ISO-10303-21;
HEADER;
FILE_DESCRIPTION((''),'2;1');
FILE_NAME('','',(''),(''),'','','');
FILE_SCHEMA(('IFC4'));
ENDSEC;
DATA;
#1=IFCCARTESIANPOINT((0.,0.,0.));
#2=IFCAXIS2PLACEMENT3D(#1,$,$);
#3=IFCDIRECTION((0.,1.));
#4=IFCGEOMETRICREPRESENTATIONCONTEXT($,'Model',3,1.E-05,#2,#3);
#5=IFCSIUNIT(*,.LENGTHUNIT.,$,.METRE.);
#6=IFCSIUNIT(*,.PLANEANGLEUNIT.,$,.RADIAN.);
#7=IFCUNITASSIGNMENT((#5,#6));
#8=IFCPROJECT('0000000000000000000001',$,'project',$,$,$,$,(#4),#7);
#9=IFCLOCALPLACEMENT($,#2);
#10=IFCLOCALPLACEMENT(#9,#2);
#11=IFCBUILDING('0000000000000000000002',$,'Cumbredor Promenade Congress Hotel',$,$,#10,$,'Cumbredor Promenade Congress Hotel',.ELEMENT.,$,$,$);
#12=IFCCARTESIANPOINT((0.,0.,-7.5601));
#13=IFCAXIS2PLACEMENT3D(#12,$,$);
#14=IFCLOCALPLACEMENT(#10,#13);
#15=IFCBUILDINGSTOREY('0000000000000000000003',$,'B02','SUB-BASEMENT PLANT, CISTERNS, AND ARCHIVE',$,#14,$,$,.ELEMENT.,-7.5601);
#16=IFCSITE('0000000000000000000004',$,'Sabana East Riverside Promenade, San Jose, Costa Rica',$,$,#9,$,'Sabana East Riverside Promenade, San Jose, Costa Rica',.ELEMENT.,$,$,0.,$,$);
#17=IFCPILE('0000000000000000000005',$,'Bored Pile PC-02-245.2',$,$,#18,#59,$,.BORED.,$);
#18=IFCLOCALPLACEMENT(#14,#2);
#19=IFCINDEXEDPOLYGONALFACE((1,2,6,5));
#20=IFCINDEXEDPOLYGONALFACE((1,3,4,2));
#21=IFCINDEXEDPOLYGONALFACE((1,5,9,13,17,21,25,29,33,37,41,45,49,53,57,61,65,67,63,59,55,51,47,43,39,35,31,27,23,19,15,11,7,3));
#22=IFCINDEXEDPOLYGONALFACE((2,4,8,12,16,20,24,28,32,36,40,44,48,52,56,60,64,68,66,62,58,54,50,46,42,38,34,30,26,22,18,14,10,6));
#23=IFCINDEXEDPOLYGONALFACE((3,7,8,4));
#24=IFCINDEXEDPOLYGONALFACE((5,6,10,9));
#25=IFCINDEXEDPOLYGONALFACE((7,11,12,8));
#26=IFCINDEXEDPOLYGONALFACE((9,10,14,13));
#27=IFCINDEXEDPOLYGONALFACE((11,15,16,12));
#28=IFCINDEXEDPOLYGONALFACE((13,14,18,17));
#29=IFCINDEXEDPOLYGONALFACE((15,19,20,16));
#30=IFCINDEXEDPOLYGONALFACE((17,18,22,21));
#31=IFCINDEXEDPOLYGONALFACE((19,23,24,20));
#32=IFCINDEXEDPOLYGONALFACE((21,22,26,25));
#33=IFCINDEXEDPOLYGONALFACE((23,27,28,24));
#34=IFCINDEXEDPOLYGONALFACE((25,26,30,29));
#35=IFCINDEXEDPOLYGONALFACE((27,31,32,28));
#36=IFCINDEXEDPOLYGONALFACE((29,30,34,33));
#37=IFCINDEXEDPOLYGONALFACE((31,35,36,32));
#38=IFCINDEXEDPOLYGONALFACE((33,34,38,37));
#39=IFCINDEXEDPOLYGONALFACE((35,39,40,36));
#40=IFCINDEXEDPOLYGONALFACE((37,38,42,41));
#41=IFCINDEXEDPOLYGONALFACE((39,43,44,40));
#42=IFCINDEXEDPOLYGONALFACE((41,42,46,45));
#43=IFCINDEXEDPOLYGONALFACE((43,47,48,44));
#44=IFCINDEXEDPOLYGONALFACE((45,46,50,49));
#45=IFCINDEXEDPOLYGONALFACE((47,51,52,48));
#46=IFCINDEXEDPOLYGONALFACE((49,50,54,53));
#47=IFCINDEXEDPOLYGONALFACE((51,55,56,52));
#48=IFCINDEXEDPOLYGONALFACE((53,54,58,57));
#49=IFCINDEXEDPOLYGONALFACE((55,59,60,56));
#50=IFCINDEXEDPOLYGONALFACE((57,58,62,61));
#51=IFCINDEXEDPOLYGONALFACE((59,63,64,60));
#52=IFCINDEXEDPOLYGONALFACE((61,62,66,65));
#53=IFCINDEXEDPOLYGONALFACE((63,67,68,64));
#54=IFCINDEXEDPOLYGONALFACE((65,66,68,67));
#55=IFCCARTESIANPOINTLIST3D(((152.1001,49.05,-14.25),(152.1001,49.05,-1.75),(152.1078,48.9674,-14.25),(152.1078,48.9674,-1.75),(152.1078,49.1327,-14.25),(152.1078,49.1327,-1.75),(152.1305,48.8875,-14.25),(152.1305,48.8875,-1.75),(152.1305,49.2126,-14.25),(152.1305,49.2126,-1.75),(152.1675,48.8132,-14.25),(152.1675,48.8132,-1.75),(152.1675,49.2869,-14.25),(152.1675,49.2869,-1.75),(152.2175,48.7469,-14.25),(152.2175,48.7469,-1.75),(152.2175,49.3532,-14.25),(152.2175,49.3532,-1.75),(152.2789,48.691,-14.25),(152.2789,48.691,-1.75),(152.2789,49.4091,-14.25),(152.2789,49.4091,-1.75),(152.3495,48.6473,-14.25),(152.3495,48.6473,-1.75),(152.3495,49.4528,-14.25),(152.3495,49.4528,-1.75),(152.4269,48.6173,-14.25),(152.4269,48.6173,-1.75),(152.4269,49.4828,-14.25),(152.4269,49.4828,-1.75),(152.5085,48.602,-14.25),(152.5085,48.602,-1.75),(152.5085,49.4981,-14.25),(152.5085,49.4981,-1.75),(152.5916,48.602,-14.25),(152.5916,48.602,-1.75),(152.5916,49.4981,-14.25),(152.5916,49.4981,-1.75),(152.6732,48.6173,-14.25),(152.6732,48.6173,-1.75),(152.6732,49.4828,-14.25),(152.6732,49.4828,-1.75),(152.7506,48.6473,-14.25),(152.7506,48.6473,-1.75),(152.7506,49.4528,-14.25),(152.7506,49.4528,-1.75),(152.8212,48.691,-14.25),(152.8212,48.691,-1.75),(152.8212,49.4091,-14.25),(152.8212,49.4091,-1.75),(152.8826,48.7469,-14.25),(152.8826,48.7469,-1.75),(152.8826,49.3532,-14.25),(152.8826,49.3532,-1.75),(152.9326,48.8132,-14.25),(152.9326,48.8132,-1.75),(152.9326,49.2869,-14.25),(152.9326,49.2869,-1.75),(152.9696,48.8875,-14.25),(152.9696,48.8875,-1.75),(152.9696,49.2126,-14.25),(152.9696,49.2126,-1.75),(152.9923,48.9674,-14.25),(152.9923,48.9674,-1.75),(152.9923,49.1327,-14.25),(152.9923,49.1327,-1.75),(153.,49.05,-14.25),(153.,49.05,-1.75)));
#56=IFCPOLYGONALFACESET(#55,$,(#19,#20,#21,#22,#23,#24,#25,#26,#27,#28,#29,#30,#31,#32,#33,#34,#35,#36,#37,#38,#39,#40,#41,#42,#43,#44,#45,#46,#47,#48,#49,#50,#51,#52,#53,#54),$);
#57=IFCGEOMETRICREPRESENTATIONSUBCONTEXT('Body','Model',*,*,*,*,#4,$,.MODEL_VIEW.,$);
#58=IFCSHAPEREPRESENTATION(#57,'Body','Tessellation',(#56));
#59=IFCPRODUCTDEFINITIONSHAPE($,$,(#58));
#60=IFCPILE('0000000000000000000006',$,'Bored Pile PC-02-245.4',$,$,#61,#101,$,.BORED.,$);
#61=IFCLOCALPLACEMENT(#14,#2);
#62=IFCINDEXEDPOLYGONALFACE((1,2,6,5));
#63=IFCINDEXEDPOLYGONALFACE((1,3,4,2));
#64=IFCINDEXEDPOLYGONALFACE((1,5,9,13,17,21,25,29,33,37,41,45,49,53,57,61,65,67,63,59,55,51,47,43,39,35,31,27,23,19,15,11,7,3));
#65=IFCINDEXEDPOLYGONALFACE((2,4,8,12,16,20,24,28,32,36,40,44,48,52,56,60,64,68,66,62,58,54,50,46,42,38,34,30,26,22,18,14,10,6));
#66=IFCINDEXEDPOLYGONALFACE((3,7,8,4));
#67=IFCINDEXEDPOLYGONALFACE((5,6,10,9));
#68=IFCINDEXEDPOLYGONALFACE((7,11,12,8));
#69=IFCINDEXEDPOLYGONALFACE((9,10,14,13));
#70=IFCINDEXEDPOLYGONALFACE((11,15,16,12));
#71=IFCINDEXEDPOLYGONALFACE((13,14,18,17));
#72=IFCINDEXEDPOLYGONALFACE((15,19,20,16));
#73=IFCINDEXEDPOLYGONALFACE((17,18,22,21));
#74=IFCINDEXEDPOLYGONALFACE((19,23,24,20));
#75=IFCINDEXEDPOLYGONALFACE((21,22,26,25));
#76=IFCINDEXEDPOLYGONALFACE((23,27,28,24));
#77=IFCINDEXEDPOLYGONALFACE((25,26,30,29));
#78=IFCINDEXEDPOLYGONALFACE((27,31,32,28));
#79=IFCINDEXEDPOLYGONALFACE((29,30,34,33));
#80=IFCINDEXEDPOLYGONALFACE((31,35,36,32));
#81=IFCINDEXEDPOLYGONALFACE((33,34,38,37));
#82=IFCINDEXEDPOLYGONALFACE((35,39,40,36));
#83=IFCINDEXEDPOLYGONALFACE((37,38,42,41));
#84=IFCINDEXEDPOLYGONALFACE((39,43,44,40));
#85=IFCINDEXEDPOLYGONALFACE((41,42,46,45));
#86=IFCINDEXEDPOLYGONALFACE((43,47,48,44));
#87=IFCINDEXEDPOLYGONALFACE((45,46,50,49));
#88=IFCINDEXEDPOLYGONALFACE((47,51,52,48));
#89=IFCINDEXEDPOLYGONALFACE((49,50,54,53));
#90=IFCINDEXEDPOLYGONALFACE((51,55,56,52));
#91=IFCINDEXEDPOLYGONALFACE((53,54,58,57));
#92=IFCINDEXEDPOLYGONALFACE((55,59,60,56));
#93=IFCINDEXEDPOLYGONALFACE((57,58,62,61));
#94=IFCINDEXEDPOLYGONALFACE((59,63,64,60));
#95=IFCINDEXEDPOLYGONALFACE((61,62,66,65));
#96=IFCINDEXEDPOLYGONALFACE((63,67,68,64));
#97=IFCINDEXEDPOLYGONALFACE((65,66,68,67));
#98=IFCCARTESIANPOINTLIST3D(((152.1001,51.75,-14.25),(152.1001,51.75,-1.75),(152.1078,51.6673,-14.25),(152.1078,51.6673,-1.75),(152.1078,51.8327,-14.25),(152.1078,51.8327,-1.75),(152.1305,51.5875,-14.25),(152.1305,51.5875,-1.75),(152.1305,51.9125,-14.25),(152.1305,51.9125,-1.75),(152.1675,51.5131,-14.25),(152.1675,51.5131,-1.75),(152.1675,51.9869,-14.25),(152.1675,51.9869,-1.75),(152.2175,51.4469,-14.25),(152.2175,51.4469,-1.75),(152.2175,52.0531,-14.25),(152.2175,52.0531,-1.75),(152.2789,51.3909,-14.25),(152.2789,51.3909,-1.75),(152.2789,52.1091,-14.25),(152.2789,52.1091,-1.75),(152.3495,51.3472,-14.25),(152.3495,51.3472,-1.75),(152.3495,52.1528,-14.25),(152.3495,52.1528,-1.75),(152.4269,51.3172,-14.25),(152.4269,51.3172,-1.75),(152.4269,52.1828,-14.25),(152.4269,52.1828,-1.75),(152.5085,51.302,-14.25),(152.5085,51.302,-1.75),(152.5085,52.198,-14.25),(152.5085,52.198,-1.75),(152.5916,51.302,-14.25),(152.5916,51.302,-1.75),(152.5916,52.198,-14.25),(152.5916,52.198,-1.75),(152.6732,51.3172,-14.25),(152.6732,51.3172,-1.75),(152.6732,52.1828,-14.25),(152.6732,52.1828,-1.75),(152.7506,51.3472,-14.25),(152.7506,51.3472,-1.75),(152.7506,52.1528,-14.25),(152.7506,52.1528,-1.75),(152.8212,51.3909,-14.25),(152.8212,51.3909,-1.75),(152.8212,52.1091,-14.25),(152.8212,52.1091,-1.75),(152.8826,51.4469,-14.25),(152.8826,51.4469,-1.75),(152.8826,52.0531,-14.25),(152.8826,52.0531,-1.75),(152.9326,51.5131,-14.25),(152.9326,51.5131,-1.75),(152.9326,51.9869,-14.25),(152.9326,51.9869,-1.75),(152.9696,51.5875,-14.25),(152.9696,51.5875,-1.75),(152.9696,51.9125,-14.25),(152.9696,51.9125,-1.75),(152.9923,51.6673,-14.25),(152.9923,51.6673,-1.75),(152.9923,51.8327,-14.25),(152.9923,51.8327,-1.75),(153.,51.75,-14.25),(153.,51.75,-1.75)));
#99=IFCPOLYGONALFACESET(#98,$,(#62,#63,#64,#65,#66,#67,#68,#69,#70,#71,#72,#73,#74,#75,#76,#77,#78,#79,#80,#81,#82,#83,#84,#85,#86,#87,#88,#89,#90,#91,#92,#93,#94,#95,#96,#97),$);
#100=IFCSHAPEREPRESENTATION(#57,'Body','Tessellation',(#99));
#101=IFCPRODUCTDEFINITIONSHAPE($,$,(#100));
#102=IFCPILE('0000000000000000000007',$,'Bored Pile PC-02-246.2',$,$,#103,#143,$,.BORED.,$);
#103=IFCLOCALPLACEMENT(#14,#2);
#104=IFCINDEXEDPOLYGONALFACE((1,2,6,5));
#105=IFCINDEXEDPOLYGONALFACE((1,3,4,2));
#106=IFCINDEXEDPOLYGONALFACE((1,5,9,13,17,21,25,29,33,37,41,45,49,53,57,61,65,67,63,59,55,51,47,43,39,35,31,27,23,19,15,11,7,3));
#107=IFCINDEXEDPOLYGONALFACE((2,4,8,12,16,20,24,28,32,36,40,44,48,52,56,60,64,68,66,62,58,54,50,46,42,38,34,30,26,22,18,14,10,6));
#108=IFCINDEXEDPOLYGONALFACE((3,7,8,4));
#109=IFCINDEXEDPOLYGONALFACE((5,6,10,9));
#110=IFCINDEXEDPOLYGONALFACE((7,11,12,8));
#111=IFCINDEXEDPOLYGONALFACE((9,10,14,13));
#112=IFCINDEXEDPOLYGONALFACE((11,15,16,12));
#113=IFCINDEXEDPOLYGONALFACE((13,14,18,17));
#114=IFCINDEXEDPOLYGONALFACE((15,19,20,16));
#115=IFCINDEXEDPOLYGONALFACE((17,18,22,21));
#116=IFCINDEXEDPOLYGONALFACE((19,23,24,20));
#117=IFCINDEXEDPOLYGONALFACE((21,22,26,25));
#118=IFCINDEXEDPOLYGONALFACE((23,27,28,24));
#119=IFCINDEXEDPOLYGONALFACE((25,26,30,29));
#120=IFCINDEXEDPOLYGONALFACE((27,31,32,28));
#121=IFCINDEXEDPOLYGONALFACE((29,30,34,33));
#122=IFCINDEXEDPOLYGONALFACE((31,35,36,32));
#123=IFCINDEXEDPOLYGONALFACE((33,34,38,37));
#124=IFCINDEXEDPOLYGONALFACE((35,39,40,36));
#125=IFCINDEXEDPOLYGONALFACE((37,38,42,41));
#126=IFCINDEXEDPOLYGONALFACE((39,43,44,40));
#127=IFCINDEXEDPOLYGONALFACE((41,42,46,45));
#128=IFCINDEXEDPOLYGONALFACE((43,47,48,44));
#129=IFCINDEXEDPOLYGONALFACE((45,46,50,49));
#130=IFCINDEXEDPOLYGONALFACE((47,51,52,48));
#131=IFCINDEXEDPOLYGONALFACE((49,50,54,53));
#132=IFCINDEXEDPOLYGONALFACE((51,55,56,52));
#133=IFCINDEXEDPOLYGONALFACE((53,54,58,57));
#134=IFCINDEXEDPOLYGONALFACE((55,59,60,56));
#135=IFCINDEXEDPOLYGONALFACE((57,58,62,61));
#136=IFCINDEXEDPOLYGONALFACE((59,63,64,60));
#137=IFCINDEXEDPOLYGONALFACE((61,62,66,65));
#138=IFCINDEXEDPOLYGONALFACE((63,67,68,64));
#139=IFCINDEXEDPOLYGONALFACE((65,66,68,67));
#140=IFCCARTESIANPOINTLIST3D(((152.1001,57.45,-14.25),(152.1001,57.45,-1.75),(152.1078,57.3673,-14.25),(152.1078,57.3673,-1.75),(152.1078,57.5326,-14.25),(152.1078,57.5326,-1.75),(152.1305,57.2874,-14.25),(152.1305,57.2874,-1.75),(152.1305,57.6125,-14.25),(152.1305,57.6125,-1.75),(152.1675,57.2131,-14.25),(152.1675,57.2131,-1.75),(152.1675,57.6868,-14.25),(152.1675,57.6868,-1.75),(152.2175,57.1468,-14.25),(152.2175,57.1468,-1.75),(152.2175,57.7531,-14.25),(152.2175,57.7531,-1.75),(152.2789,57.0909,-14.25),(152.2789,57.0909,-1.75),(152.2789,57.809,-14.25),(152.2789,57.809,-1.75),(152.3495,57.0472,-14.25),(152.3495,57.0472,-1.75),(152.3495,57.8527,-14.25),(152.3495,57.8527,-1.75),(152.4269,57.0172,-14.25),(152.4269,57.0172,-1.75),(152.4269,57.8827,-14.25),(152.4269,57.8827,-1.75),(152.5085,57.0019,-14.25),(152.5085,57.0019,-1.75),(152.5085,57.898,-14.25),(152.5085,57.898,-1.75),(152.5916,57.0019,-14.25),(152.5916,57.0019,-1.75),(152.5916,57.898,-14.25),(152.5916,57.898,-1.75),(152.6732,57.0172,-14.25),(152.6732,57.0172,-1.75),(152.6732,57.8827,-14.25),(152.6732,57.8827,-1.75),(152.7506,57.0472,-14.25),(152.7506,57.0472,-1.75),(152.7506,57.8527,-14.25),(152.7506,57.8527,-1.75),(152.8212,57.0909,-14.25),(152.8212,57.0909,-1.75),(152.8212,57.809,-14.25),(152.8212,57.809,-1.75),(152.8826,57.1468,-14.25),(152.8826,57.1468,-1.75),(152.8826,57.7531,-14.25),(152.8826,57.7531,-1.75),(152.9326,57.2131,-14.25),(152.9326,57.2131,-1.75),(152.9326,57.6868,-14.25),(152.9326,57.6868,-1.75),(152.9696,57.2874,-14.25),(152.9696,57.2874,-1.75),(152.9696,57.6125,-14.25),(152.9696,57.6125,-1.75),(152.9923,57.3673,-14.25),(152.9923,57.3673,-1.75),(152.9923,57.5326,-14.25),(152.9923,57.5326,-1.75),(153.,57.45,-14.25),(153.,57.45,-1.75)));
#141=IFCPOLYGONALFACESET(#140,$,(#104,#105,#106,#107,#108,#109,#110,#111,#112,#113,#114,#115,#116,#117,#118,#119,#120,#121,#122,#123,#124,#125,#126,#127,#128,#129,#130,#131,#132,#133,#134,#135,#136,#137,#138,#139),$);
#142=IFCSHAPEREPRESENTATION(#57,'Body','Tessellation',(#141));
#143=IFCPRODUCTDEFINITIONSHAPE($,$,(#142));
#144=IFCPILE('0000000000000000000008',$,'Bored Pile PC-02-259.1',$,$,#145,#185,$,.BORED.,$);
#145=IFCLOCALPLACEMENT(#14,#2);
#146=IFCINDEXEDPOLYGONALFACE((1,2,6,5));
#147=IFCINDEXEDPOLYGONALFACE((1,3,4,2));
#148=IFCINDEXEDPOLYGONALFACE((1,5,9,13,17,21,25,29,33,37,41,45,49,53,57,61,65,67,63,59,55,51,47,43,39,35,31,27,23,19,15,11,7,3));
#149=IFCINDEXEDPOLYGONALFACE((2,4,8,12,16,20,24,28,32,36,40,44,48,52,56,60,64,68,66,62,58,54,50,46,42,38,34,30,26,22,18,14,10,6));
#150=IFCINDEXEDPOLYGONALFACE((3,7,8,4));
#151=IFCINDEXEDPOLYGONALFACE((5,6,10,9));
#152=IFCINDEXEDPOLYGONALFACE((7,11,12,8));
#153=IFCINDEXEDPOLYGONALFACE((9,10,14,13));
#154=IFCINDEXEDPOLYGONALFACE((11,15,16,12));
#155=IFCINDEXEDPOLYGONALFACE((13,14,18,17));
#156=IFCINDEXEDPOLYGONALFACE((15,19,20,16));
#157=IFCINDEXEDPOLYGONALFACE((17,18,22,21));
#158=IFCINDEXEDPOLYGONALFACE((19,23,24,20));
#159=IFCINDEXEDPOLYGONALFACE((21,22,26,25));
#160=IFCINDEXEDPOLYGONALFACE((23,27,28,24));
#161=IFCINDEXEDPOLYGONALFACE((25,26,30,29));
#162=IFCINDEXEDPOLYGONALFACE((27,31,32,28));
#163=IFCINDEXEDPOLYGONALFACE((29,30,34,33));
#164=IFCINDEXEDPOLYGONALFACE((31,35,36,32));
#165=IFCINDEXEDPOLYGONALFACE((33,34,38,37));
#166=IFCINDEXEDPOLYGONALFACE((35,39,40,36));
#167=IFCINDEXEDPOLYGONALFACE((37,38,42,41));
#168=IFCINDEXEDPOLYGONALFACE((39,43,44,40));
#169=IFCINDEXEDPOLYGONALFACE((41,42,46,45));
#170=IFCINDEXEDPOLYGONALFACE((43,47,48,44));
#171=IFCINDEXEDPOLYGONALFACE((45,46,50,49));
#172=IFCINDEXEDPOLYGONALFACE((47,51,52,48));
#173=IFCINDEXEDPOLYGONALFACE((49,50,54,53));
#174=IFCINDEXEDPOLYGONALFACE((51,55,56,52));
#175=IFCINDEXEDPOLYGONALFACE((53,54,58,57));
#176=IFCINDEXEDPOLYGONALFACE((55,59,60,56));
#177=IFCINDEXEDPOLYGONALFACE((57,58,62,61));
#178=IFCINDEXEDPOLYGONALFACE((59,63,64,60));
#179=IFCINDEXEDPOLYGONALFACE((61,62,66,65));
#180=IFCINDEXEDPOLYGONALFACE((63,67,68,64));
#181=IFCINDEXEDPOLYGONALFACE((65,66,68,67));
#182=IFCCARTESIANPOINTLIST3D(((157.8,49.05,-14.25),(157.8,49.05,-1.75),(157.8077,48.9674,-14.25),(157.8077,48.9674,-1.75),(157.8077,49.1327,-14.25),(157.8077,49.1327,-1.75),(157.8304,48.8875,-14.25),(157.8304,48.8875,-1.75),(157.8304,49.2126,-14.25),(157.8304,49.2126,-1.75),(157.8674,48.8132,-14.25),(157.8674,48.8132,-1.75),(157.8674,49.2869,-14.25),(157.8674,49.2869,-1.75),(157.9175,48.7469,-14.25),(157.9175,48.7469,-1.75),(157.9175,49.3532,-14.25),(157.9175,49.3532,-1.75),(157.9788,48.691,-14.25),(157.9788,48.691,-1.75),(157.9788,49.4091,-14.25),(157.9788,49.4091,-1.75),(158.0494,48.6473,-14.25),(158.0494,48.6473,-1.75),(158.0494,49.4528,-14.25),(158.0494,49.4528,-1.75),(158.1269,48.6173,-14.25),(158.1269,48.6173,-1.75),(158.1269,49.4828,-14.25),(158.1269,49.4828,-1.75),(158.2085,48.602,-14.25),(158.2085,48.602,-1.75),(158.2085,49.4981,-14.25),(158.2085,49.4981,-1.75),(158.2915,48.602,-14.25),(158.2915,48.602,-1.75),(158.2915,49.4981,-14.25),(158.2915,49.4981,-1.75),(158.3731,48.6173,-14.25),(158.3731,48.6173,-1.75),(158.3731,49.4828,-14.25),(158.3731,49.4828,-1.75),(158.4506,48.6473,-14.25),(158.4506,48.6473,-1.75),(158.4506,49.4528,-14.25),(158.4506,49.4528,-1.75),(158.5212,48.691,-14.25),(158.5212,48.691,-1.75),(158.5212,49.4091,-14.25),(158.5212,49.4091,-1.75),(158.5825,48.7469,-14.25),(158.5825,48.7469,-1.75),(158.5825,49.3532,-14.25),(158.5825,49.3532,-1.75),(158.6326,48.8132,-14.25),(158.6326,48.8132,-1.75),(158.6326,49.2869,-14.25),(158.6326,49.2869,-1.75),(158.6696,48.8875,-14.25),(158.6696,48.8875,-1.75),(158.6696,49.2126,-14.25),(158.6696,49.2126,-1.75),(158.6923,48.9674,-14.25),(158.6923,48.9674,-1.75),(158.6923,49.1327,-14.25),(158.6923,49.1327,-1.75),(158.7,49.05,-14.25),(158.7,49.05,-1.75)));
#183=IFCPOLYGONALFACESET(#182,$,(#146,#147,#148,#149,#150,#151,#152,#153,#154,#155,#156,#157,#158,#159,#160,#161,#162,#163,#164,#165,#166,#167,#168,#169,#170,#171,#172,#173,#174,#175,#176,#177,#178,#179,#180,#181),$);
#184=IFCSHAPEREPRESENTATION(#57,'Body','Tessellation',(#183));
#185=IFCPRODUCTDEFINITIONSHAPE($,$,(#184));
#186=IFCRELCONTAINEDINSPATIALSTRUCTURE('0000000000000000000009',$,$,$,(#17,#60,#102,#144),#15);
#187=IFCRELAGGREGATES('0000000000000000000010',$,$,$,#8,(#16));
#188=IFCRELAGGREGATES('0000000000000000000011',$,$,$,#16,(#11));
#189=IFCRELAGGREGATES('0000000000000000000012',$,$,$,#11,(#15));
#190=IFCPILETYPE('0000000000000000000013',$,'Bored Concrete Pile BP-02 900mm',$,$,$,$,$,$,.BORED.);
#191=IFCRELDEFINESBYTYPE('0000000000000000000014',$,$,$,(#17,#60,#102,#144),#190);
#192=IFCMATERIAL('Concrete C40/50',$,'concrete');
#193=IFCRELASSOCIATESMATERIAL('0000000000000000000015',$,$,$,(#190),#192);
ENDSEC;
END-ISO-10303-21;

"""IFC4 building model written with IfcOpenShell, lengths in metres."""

from ifc_helpers import new_model, si_unit, direction, frame, origin, origin_2d, place, context, subcontext, project, spatial, circle, extrude, material, material_profile, profile_set, type_object, element, save


model = new_model("IFC4")

# Units and contexts
model_context = context("Model", 3, precision=1e-05, world=origin(), true_north=direction((0.0, 1.0)))
body_context = subcontext(model_context, "Body", "Model", "MODEL_VIEW")
ifc_project = project(units=[si_unit("LENGTHUNIT", "METRE"), si_unit("PLANEANGLEUNIT", "RADIAN")], contexts=[model_context])

# Site, building, storey
site_placement = place(None, origin())
site = spatial("IfcSite", under=ifc_project, at=site_placement, Name="Sabana East Riverside Promenade, San Jose, Costa Rica", LongName="Sabana East Riverside Promenade, San Jose, Costa Rica", CompositionType="ELEMENT", RefElevation=0.0)
building_placement = place(site_placement, origin())
building = spatial("IfcBuilding", under=site, at=building_placement, Name="Cumbredor Promenade Congress Hotel", LongName="Cumbredor Promenade Congress Hotel", CompositionType="ELEMENT")
storey_placement = place(building_placement, frame((0.0, 0.0, -7.5601)))
storey = spatial("IfcBuildingStorey", under=building, at=storey_placement, Name="B02", Description="SUB-BASEMENT PLANT, CISTERNS, AND ARCHIVE", CompositionType="ELEMENT", Elevation=-7.5601)

# Piles
ifc_material_1 = material(Name="Concrete C40/50", Category="concrete")
ifc_material_profile_1 = material_profile(ifc_material_1, circle(Radius=0.45, at=origin_2d()), Name="PILE D900")
ifc_profile_set_1 = profile_set([ifc_material_profile_1], Name="Concrete C40/50")
pile_type = type_object("IfcPileType", Name="Bored Concrete Pile BP-02 900mm", PredefinedType="BORED", material=ifc_profile_set_1)
for number, where, z_axis, x_axis, name in (
    (1, (152.55, 49.05, -1.75), (0.0, 0.0, -1.0), (1.0, 0.0, 0.0), "Bored Pile PC-02-245.2"),
    (2, (152.55, 51.75, -1.75), (0.0, 0.0, -1.0), (1.0, 0.0, 0.0), "Bored Pile PC-02-245.4"),
    (3, (152.55, 57.45, -1.75), (0.0, 0.0, -1.0), (1.0, 0.0, 0.0), "Bored Pile PC-02-246.2"),
    (4, (158.25, 49.05, -1.75), (0.0, 0.0, -1.0), (1.0, 0.0, 0.0), "Bored Pile PC-02-259.1"),
):
    element("IfcPile", number, at=place(storey_placement, frame(where, z_axis=z_axis, x_axis=x_axis)), inside=storey, type_object=pile_type, Name=name, PredefinedType="BORED", context=body_context, shape_type="SweptSolid", body=[
        extrude(circle(Radius=0.45, at=origin_2d()), origin(), (0.0, 0.0, 1.0), 12.5),
    ])

save(model, "model.ifc")
